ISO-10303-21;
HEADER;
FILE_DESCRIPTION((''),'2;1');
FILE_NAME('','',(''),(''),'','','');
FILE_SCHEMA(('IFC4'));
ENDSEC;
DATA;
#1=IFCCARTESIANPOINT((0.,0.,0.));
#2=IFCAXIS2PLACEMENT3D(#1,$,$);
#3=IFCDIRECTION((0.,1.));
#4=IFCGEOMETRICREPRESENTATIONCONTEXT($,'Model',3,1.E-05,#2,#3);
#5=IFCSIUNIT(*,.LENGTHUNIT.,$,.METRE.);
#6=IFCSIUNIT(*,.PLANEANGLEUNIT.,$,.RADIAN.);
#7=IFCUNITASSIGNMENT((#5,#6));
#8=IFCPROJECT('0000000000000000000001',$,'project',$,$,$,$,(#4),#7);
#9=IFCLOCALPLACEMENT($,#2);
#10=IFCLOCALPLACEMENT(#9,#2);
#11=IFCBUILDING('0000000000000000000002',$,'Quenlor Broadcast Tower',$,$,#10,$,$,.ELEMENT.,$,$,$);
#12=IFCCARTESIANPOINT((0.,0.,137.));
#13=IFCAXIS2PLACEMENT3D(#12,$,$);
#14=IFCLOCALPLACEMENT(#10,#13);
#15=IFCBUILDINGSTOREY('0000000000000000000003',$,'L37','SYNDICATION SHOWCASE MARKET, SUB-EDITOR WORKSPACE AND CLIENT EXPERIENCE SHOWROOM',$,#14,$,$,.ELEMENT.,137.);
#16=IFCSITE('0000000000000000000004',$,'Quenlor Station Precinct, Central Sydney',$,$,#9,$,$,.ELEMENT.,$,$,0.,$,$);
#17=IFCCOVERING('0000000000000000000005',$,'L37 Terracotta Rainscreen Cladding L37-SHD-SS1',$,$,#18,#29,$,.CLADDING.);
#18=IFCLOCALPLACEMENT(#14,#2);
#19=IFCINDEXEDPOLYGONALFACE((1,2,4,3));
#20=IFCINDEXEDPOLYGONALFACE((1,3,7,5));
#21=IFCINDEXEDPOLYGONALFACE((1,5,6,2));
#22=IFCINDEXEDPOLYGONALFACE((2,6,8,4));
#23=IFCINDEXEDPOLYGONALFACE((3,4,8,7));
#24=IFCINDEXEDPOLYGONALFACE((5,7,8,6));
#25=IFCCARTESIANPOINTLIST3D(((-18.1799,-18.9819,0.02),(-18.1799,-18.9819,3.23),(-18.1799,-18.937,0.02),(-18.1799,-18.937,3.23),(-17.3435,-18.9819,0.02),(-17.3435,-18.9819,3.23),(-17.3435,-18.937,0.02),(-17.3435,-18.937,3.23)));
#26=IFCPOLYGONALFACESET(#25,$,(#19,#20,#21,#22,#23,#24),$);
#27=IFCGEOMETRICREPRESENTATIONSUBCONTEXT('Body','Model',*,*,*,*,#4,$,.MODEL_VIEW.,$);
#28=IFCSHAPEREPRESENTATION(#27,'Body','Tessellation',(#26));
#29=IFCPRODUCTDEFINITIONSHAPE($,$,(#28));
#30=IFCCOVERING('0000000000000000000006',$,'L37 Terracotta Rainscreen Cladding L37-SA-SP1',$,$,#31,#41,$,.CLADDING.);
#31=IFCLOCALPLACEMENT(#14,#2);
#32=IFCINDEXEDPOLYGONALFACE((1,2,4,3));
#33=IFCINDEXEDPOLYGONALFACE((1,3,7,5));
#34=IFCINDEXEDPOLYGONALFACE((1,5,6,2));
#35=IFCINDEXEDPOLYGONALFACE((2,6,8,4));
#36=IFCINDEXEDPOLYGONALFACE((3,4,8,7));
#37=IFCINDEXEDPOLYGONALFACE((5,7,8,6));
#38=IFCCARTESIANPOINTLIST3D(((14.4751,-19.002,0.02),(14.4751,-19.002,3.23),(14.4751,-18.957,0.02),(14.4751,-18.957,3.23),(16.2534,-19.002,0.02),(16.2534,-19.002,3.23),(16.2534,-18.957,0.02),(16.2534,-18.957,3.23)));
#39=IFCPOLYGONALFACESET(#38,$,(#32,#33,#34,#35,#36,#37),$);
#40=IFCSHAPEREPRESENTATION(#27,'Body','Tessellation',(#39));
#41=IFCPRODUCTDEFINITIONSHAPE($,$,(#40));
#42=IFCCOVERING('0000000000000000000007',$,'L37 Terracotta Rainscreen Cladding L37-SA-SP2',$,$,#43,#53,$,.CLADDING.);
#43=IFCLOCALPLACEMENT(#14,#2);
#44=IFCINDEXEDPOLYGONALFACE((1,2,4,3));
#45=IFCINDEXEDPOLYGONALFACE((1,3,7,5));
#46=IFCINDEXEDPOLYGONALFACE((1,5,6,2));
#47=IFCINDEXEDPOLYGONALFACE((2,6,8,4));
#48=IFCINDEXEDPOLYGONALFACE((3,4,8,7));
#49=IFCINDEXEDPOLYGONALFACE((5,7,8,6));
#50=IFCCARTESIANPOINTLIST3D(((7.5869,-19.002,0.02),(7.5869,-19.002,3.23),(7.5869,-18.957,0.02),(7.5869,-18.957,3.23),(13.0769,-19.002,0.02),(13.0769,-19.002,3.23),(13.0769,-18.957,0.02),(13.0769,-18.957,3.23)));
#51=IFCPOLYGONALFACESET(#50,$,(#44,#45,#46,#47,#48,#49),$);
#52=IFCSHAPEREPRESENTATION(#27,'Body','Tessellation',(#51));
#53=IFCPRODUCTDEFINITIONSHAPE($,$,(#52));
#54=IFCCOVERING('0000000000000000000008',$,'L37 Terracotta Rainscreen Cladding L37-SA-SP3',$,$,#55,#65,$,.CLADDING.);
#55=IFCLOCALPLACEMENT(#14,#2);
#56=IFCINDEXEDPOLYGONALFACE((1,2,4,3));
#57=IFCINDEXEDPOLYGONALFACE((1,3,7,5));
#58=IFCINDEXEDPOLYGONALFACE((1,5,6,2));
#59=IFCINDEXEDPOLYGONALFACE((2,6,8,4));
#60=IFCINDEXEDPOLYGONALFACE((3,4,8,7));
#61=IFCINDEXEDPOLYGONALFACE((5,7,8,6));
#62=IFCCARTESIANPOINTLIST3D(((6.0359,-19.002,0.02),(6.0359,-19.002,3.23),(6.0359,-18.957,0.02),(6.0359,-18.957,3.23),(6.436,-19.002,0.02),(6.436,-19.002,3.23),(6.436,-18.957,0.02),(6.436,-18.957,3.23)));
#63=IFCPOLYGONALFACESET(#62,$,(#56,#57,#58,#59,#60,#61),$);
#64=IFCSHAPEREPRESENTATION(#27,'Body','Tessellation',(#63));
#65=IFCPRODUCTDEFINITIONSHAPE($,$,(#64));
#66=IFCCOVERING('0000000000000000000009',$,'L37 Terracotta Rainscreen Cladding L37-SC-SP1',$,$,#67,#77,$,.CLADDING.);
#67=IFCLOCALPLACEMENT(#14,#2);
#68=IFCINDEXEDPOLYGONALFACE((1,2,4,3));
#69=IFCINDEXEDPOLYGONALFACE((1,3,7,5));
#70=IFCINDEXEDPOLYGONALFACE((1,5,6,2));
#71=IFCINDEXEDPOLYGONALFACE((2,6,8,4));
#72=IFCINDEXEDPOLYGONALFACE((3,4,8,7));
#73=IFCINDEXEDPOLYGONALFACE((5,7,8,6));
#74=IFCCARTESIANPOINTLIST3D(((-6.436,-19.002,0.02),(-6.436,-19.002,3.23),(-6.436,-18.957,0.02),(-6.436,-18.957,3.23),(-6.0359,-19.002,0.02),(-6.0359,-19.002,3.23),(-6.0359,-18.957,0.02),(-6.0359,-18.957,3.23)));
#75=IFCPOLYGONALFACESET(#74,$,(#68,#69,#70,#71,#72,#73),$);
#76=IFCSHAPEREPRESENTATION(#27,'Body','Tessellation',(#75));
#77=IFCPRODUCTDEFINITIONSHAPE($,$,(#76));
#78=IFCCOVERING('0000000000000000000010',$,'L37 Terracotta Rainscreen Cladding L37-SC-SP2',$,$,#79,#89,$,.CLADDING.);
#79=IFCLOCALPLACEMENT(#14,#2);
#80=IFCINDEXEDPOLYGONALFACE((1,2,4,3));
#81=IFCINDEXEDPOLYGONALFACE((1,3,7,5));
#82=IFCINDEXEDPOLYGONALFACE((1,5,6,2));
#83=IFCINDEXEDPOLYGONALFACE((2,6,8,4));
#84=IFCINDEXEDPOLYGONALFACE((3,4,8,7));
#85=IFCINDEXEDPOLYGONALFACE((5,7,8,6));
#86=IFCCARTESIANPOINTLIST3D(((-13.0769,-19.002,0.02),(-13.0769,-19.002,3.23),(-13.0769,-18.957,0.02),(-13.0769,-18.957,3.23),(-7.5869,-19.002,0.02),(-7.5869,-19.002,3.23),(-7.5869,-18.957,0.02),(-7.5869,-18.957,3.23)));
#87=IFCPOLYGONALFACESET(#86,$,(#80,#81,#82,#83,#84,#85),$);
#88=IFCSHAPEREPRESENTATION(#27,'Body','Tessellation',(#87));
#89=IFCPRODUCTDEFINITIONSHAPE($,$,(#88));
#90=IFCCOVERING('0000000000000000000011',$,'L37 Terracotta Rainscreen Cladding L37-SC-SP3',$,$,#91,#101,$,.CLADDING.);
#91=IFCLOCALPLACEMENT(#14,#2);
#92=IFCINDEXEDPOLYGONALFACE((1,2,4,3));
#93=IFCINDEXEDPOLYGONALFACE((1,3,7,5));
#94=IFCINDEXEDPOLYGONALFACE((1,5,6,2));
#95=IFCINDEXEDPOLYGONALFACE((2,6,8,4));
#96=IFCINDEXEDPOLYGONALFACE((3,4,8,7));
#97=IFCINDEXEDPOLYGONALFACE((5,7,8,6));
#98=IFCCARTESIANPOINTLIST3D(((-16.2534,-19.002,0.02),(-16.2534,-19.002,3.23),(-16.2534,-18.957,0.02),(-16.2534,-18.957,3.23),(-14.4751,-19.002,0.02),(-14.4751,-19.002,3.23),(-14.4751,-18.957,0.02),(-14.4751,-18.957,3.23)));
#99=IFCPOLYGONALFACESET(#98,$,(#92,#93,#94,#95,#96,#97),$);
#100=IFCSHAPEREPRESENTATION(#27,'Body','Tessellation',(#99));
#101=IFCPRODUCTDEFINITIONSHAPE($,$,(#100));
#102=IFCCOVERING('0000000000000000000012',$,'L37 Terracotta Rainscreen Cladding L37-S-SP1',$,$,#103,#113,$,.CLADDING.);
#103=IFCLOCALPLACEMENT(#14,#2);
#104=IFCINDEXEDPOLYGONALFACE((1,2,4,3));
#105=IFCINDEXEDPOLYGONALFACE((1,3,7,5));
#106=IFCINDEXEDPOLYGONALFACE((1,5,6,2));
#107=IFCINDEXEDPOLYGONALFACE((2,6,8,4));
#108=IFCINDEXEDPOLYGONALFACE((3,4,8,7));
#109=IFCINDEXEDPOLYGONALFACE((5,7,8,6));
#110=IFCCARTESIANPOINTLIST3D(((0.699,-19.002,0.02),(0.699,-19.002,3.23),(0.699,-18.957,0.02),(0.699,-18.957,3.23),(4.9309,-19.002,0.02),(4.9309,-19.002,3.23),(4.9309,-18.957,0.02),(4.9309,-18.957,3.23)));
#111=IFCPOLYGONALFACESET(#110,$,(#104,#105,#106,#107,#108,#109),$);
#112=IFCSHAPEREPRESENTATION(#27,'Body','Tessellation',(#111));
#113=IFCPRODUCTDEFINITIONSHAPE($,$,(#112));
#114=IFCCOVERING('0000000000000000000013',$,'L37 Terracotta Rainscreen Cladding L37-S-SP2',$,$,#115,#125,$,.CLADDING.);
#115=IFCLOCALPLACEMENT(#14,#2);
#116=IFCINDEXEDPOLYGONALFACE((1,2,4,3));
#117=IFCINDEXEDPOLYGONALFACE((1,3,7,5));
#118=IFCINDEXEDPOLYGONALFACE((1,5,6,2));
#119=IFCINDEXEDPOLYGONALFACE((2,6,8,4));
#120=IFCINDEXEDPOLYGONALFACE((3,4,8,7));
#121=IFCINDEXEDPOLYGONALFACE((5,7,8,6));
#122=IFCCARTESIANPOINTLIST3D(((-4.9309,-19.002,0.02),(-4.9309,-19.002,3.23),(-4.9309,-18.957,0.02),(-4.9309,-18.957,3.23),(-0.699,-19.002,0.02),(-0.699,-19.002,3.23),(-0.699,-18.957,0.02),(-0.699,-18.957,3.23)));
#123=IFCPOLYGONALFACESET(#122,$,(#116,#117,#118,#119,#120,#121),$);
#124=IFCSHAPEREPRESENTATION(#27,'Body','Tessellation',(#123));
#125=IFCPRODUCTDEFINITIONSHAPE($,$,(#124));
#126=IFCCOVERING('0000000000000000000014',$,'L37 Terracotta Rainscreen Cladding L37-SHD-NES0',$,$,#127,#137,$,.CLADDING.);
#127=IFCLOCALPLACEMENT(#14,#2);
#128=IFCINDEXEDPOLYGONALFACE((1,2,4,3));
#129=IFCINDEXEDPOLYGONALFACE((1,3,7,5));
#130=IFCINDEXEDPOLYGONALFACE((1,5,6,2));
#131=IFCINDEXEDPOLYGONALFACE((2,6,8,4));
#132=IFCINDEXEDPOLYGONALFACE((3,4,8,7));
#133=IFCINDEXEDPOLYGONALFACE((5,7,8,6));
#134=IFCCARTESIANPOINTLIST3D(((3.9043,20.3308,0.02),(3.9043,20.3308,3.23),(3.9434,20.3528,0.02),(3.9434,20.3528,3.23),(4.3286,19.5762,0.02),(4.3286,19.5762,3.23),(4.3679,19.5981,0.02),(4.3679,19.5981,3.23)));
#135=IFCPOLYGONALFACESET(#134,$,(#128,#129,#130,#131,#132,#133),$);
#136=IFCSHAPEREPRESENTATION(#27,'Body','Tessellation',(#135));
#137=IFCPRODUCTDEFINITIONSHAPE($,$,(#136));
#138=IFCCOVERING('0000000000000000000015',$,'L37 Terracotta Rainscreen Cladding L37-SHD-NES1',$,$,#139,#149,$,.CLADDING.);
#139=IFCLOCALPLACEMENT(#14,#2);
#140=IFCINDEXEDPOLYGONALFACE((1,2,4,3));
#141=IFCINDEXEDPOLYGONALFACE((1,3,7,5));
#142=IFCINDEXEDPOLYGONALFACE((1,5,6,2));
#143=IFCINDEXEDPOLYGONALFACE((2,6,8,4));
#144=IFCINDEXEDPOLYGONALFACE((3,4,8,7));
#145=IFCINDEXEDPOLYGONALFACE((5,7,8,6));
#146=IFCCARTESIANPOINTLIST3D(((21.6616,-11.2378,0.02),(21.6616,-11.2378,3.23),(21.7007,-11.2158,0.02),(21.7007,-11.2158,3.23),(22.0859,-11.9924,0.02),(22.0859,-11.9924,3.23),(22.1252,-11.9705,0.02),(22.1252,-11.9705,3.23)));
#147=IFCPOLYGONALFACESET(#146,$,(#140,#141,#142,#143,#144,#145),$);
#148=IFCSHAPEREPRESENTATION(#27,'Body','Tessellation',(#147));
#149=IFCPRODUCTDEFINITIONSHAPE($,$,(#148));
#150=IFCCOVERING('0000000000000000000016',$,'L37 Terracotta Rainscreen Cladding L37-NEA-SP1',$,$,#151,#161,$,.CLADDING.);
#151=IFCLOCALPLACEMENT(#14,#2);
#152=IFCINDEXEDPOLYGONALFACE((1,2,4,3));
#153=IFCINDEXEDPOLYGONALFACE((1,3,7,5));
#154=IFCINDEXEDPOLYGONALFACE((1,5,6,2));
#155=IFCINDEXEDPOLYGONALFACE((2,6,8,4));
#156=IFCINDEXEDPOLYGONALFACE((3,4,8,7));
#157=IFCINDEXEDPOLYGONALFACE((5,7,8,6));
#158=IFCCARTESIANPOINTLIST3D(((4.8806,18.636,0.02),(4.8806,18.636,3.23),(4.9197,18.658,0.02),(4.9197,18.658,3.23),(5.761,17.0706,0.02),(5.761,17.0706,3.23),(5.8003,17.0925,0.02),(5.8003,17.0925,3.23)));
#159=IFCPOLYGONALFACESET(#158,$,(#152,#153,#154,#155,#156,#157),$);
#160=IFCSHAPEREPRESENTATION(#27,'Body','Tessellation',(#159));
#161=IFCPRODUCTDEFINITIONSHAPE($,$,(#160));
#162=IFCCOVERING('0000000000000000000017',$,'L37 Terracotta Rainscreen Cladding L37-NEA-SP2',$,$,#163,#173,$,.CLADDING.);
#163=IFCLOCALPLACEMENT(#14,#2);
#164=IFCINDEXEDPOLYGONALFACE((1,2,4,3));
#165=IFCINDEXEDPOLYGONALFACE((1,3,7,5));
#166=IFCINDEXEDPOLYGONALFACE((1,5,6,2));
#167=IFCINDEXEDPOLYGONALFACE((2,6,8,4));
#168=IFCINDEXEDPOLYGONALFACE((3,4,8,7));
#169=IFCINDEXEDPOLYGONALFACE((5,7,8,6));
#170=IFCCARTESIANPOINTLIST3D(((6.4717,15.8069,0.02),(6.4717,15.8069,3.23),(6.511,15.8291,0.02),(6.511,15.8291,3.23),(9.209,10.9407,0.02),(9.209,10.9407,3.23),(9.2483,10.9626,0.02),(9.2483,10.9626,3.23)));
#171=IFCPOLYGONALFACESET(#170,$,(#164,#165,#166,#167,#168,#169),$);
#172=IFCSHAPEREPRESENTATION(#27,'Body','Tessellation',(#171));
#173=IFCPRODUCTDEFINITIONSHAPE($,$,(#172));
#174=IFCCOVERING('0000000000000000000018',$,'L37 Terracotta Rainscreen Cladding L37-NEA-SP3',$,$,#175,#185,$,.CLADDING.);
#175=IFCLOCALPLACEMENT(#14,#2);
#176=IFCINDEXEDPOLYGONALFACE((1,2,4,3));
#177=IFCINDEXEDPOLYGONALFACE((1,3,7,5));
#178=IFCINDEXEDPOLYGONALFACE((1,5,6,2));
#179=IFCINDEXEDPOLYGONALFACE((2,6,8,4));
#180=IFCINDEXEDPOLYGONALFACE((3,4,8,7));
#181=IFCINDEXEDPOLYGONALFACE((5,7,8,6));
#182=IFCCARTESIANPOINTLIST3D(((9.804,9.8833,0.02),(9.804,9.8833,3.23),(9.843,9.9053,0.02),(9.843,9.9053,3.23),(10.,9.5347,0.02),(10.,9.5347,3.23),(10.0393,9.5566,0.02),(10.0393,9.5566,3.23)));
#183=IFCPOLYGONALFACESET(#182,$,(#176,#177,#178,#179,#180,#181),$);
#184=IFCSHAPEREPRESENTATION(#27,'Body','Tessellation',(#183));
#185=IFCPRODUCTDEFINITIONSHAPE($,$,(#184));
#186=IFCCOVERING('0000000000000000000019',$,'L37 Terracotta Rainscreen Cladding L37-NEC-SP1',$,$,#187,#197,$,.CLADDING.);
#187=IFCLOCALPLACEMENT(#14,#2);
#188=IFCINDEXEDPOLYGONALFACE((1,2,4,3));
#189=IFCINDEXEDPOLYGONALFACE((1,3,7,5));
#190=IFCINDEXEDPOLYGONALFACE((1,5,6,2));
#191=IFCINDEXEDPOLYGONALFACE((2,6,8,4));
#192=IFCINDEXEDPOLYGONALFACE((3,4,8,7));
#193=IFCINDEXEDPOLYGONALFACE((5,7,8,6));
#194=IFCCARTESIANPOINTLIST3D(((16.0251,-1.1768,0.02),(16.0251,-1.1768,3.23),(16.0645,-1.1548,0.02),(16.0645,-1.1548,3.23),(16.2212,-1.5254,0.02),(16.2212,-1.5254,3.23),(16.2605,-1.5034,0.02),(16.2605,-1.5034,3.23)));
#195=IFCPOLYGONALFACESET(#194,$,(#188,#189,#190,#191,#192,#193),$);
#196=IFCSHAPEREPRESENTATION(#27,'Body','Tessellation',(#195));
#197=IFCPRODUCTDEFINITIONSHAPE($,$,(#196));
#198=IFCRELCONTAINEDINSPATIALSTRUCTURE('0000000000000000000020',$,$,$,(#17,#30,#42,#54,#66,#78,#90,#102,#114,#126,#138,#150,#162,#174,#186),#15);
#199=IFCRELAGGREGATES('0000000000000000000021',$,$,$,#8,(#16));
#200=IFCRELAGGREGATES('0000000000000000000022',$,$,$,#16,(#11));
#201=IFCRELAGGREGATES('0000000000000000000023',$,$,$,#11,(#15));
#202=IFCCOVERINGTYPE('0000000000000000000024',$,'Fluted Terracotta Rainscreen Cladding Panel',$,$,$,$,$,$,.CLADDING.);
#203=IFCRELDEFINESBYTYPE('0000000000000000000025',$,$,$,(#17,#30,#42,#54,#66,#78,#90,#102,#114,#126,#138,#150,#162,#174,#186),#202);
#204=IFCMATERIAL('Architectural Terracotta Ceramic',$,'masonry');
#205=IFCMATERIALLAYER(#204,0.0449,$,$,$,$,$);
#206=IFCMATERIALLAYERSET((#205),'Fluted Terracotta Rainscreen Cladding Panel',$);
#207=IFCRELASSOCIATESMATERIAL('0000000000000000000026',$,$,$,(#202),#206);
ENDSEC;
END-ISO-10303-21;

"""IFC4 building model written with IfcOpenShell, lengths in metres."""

from ifc_helpers import new_model, si_unit, direction, frame, origin, place, context, subcontext, project, spatial, polyline, outline, extrude, material, layer, layer_set, type_object, element, save


model = new_model("IFC4")

# Units and contexts
model_context = context("Model", 3, precision=1e-05, world=origin(), true_north=direction((0.0, 1.0)))
body_context = subcontext(model_context, "Body", "Model", "MODEL_VIEW")
ifc_project = project(units=[si_unit("LENGTHUNIT", "METRE"), si_unit("PLANEANGLEUNIT", "RADIAN")], contexts=[model_context])

# Site, building, storey
site_placement = place(None, origin())
site = spatial("IfcSite", under=ifc_project, at=site_placement, Name="Quenlor Station Precinct, Central Sydney", CompositionType="ELEMENT", RefElevation=0.0)
building_placement = place(site_placement, origin())
building = spatial("IfcBuilding", under=site, at=building_placement, Name="Quenlor Broadcast Tower", CompositionType="ELEMENT")
storey_placement = place(building_placement, frame((0.0, 0.0, 137.0)))
storey = spatial("IfcBuildingStorey", under=building, at=storey_placement, Name="L37", Description="SYNDICATION SHOWCASE MARKET, SUB-EDITOR WORKSPACE AND CLIENT EXPERIENCE SHOWROOM", CompositionType="ELEMENT", Elevation=137.0)

# Coverings
ifc_material_1 = material(Name="Architectural Terracotta Ceramic", Category="masonry")
ifc_layer_1 = layer(ifc_material_1, 0.0449)
ifc_layer_set_1 = layer_set([ifc_layer_1], Name="Fluted Terracotta Rainscreen Cladding Panel")
covering_type = type_object("IfcCoveringType", Name="Fluted Terracotta Rainscreen Cladding Panel", PredefinedType="CLADDING", material=ifc_layer_set_1)
covering_1_placement = place(storey_placement, frame((0.0, 0.0, 0.02)))
element("IfcCovering", 1, at=covering_1_placement, inside=storey, type_object=covering_type, Name="L37 Terracotta Rainscreen Cladding L37-SHD-SS1", PredefinedType="CLADDING", context=body_context, shape_type="SweptSolid", body=[
    extrude(outline(polyline([(-17.3435, -18.937), (-18.1799, -18.937), (-18.1799, -18.9819), (-17.3435, -18.9819), (-17.3435, -18.937)])), origin(), (0.0, 0.0, 1.0), 3.21),
])
covering_2_placement = place(storey_placement, frame((0.0, 0.0, 0.02)))
element("IfcCovering", 2, at=covering_2_placement, inside=storey, type_object=covering_type, Name="L37 Terracotta Rainscreen Cladding L37-SA-SP1", PredefinedType="CLADDING", context=body_context, shape_type="SweptSolid", body=[
    extrude(outline(polyline([(16.2534, -18.957), (14.4751, -18.957), (14.4751, -19.002), (16.2534, -19.002), (16.2534, -18.957)])), origin(), (0.0, 0.0, 1.0), 3.21),
])
covering_3_placement = place(storey_placement, frame((0.0, 0.0, 0.02)))
element("IfcCovering", 3, at=covering_3_placement, inside=storey, type_object=covering_type, Name="L37 Terracotta Rainscreen Cladding L37-SA-SP2", PredefinedType="CLADDING", context=body_context, shape_type="SweptSolid", body=[
    extrude(outline(polyline([(13.0769, -18.957), (7.5869, -18.957), (7.5869, -19.002), (13.0769, -19.002), (13.0769, -18.957)])), origin(), (0.0, 0.0, 1.0), 3.21),
])
covering_4_placement = place(storey_placement, frame((0.0, 0.0, 0.02)))
element("IfcCovering", 4, at=covering_4_placement, inside=storey, type_object=covering_type, Name="L37 Terracotta Rainscreen Cladding L37-SA-SP3", PredefinedType="CLADDING", context=body_context, shape_type="SweptSolid", body=[
    extrude(outline(polyline([(6.436, -18.957), (6.0359, -18.957), (6.0359, -19.002), (6.436, -19.002), (6.436, -18.957)])), origin(), (0.0, 0.0, 1.0), 3.21),
])
covering_5_placement = place(storey_placement, frame((0.0, 0.0, 0.02)))
element("IfcCovering", 5, at=covering_5_placement, inside=storey, type_object=covering_type, Name="L37 Terracotta Rainscreen Cladding L37-SC-SP1", PredefinedType="CLADDING", context=body_context, shape_type="SweptSolid", body=[
    extrude(outline(polyline([(-6.0359, -18.957), (-6.436, -18.957), (-6.436, -19.002), (-6.0359, -19.002), (-6.0359, -18.957)])), origin(), (0.0, 0.0, 1.0), 3.21),
])
covering_6_placement = place(storey_placement, frame((0.0, 0.0, 0.02)))
element("IfcCovering", 6, at=covering_6_placement, inside=storey, type_object=covering_type, Name="L37 Terracotta Rainscreen Cladding L37-SC-SP2", PredefinedType="CLADDING", context=body_context, shape_type="SweptSolid", body=[
    extrude(outline(polyline([(-7.5869, -18.957), (-13.0769, -18.957), (-13.0769, -19.002), (-7.5869, -19.002), (-7.5869, -18.957)])), origin(), (0.0, 0.0, 1.0), 3.21),
])
covering_7_placement = place(storey_placement, frame((0.0, 0.0, 0.02)))
element("IfcCovering", 7, at=covering_7_placement, inside=storey, type_object=covering_type, Name="L37 Terracotta Rainscreen Cladding L37-SC-SP3", PredefinedType="CLADDING", context=body_context, shape_type="SweptSolid", body=[
    extrude(outline(polyline([(-14.4751, -18.957), (-16.2534, -18.957), (-16.2534, -19.002), (-14.4751, -19.002), (-14.4751, -18.957)])), origin(), (0.0, 0.0, 1.0), 3.21),
])
covering_8_placement = place(storey_placement, frame((0.0, 0.0, 0.02)))
element("IfcCovering", 8, at=covering_8_placement, inside=storey, type_object=covering_type, Name="L37 Terracotta Rainscreen Cladding L37-S-SP1", PredefinedType="CLADDING", context=body_context, shape_type="SweptSolid", body=[
    extrude(outline(polyline([(4.9309, -18.957), (0.699, -18.957), (0.699, -19.002), (4.9309, -19.002), (4.9309, -18.957)])), origin(), (0.0, 0.0, 1.0), 3.21),
])
covering_9_placement = place(storey_placement, frame((0.0, 0.0, 0.02)))
element("IfcCovering", 9, at=covering_9_placement, inside=storey, type_object=covering_type, Name="L37 Terracotta Rainscreen Cladding L37-S-SP2", PredefinedType="CLADDING", context=body_context, shape_type="SweptSolid", body=[
    extrude(outline(polyline([(-0.699, -18.957), (-4.9309, -18.957), (-4.9309, -19.002), (-0.699, -19.002), (-0.699, -18.957)])), origin(), (0.0, 0.0, 1.0), 3.21),
])
covering_10_placement = place(storey_placement, frame((0.0, 0.0, 0.02)))
element("IfcCovering", 10, at=covering_10_placement, inside=storey, type_object=covering_type, Name="L37 Terracotta Rainscreen Cladding L37-SHD-NES0", PredefinedType="CLADDING", context=body_context, shape_type="SweptSolid", body=[
    extrude(outline(polyline([(3.9043, 20.3308), (4.3286, 19.5762), (4.3679, 19.5981), (3.9434, 20.3528), (3.9043, 20.3308)])), origin(), (0.0, 0.0, 1.0), 3.21),
])
covering_11_placement = place(storey_placement, frame((0.0, 0.0, 0.02)))
element("IfcCovering", 11, at=covering_11_placement, inside=storey, type_object=covering_type, Name="L37 Terracotta Rainscreen Cladding L37-SHD-NES1", PredefinedType="CLADDING", context=body_context, shape_type="SweptSolid", body=[
    extrude(outline(polyline([(21.6616, -11.2378), (22.0859, -11.9924), (22.1252, -11.9705), (21.7007, -11.2158), (21.6616, -11.2378)])), origin(), (0.0, 0.0, 1.0), 3.21),
])
covering_12_placement = place(storey_placement, frame((0.0, 0.0, 0.02)))
element("IfcCovering", 12, at=covering_12_placement, inside=storey, type_object=covering_type, Name="L37 Terracotta Rainscreen Cladding L37-NEA-SP1", PredefinedType="CLADDING", context=body_context, shape_type="SweptSolid", body=[
    extrude(outline(polyline([(4.8806, 18.636), (5.761, 17.0706), (5.8003, 17.0925), (4.9197, 18.658), (4.8806, 18.636)])), origin(), (0.0, 0.0, 1.0), 3.21),
])
covering_13_placement = place(storey_placement, frame((0.0, 0.0, 0.02)))
element("IfcCovering", 13, at=covering_13_placement, inside=storey, type_object=covering_type, Name="L37 Terracotta Rainscreen Cladding L37-NEA-SP2", PredefinedType="CLADDING", context=body_context, shape_type="SweptSolid", body=[
    extrude(outline(polyline([(6.4717, 15.8069), (9.209, 10.9407), (9.2483, 10.9626), (6.511, 15.8291), (6.4717, 15.8069)])), origin(), (0.0, 0.0, 1.0), 3.21),
])
covering_14_placement = place(storey_placement, frame((0.0, 0.0, 0.02)))
element("IfcCovering", 14, at=covering_14_placement, inside=storey, type_object=covering_type, Name="L37 Terracotta Rainscreen Cladding L37-NEA-SP3", PredefinedType="CLADDING", context=body_context, shape_type="SweptSolid", body=[
    extrude(outline(polyline([(9.804, 9.8833), (10.0, 9.5347), (10.0393, 9.5566), (9.843, 9.9053), (9.804, 9.8833)])), origin(), (0.0, 0.0, 1.0), 3.21),
])
covering_15_placement = place(storey_placement, frame((0.0, 0.0, 0.02)))
element("IfcCovering", 15, at=covering_15_placement, inside=storey, type_object=covering_type, Name="L37 Terracotta Rainscreen Cladding L37-NEC-SP1", PredefinedType="CLADDING", context=body_context, shape_type="SweptSolid", body=[
    extrude(outline(polyline([(16.0251, -1.1768), (16.2212, -1.5254), (16.2605, -1.5034), (16.0645, -1.1548), (16.0251, -1.1768)])), origin(), (0.0, 0.0, 1.0), 3.21),
])

save(model, "model.ifc")
